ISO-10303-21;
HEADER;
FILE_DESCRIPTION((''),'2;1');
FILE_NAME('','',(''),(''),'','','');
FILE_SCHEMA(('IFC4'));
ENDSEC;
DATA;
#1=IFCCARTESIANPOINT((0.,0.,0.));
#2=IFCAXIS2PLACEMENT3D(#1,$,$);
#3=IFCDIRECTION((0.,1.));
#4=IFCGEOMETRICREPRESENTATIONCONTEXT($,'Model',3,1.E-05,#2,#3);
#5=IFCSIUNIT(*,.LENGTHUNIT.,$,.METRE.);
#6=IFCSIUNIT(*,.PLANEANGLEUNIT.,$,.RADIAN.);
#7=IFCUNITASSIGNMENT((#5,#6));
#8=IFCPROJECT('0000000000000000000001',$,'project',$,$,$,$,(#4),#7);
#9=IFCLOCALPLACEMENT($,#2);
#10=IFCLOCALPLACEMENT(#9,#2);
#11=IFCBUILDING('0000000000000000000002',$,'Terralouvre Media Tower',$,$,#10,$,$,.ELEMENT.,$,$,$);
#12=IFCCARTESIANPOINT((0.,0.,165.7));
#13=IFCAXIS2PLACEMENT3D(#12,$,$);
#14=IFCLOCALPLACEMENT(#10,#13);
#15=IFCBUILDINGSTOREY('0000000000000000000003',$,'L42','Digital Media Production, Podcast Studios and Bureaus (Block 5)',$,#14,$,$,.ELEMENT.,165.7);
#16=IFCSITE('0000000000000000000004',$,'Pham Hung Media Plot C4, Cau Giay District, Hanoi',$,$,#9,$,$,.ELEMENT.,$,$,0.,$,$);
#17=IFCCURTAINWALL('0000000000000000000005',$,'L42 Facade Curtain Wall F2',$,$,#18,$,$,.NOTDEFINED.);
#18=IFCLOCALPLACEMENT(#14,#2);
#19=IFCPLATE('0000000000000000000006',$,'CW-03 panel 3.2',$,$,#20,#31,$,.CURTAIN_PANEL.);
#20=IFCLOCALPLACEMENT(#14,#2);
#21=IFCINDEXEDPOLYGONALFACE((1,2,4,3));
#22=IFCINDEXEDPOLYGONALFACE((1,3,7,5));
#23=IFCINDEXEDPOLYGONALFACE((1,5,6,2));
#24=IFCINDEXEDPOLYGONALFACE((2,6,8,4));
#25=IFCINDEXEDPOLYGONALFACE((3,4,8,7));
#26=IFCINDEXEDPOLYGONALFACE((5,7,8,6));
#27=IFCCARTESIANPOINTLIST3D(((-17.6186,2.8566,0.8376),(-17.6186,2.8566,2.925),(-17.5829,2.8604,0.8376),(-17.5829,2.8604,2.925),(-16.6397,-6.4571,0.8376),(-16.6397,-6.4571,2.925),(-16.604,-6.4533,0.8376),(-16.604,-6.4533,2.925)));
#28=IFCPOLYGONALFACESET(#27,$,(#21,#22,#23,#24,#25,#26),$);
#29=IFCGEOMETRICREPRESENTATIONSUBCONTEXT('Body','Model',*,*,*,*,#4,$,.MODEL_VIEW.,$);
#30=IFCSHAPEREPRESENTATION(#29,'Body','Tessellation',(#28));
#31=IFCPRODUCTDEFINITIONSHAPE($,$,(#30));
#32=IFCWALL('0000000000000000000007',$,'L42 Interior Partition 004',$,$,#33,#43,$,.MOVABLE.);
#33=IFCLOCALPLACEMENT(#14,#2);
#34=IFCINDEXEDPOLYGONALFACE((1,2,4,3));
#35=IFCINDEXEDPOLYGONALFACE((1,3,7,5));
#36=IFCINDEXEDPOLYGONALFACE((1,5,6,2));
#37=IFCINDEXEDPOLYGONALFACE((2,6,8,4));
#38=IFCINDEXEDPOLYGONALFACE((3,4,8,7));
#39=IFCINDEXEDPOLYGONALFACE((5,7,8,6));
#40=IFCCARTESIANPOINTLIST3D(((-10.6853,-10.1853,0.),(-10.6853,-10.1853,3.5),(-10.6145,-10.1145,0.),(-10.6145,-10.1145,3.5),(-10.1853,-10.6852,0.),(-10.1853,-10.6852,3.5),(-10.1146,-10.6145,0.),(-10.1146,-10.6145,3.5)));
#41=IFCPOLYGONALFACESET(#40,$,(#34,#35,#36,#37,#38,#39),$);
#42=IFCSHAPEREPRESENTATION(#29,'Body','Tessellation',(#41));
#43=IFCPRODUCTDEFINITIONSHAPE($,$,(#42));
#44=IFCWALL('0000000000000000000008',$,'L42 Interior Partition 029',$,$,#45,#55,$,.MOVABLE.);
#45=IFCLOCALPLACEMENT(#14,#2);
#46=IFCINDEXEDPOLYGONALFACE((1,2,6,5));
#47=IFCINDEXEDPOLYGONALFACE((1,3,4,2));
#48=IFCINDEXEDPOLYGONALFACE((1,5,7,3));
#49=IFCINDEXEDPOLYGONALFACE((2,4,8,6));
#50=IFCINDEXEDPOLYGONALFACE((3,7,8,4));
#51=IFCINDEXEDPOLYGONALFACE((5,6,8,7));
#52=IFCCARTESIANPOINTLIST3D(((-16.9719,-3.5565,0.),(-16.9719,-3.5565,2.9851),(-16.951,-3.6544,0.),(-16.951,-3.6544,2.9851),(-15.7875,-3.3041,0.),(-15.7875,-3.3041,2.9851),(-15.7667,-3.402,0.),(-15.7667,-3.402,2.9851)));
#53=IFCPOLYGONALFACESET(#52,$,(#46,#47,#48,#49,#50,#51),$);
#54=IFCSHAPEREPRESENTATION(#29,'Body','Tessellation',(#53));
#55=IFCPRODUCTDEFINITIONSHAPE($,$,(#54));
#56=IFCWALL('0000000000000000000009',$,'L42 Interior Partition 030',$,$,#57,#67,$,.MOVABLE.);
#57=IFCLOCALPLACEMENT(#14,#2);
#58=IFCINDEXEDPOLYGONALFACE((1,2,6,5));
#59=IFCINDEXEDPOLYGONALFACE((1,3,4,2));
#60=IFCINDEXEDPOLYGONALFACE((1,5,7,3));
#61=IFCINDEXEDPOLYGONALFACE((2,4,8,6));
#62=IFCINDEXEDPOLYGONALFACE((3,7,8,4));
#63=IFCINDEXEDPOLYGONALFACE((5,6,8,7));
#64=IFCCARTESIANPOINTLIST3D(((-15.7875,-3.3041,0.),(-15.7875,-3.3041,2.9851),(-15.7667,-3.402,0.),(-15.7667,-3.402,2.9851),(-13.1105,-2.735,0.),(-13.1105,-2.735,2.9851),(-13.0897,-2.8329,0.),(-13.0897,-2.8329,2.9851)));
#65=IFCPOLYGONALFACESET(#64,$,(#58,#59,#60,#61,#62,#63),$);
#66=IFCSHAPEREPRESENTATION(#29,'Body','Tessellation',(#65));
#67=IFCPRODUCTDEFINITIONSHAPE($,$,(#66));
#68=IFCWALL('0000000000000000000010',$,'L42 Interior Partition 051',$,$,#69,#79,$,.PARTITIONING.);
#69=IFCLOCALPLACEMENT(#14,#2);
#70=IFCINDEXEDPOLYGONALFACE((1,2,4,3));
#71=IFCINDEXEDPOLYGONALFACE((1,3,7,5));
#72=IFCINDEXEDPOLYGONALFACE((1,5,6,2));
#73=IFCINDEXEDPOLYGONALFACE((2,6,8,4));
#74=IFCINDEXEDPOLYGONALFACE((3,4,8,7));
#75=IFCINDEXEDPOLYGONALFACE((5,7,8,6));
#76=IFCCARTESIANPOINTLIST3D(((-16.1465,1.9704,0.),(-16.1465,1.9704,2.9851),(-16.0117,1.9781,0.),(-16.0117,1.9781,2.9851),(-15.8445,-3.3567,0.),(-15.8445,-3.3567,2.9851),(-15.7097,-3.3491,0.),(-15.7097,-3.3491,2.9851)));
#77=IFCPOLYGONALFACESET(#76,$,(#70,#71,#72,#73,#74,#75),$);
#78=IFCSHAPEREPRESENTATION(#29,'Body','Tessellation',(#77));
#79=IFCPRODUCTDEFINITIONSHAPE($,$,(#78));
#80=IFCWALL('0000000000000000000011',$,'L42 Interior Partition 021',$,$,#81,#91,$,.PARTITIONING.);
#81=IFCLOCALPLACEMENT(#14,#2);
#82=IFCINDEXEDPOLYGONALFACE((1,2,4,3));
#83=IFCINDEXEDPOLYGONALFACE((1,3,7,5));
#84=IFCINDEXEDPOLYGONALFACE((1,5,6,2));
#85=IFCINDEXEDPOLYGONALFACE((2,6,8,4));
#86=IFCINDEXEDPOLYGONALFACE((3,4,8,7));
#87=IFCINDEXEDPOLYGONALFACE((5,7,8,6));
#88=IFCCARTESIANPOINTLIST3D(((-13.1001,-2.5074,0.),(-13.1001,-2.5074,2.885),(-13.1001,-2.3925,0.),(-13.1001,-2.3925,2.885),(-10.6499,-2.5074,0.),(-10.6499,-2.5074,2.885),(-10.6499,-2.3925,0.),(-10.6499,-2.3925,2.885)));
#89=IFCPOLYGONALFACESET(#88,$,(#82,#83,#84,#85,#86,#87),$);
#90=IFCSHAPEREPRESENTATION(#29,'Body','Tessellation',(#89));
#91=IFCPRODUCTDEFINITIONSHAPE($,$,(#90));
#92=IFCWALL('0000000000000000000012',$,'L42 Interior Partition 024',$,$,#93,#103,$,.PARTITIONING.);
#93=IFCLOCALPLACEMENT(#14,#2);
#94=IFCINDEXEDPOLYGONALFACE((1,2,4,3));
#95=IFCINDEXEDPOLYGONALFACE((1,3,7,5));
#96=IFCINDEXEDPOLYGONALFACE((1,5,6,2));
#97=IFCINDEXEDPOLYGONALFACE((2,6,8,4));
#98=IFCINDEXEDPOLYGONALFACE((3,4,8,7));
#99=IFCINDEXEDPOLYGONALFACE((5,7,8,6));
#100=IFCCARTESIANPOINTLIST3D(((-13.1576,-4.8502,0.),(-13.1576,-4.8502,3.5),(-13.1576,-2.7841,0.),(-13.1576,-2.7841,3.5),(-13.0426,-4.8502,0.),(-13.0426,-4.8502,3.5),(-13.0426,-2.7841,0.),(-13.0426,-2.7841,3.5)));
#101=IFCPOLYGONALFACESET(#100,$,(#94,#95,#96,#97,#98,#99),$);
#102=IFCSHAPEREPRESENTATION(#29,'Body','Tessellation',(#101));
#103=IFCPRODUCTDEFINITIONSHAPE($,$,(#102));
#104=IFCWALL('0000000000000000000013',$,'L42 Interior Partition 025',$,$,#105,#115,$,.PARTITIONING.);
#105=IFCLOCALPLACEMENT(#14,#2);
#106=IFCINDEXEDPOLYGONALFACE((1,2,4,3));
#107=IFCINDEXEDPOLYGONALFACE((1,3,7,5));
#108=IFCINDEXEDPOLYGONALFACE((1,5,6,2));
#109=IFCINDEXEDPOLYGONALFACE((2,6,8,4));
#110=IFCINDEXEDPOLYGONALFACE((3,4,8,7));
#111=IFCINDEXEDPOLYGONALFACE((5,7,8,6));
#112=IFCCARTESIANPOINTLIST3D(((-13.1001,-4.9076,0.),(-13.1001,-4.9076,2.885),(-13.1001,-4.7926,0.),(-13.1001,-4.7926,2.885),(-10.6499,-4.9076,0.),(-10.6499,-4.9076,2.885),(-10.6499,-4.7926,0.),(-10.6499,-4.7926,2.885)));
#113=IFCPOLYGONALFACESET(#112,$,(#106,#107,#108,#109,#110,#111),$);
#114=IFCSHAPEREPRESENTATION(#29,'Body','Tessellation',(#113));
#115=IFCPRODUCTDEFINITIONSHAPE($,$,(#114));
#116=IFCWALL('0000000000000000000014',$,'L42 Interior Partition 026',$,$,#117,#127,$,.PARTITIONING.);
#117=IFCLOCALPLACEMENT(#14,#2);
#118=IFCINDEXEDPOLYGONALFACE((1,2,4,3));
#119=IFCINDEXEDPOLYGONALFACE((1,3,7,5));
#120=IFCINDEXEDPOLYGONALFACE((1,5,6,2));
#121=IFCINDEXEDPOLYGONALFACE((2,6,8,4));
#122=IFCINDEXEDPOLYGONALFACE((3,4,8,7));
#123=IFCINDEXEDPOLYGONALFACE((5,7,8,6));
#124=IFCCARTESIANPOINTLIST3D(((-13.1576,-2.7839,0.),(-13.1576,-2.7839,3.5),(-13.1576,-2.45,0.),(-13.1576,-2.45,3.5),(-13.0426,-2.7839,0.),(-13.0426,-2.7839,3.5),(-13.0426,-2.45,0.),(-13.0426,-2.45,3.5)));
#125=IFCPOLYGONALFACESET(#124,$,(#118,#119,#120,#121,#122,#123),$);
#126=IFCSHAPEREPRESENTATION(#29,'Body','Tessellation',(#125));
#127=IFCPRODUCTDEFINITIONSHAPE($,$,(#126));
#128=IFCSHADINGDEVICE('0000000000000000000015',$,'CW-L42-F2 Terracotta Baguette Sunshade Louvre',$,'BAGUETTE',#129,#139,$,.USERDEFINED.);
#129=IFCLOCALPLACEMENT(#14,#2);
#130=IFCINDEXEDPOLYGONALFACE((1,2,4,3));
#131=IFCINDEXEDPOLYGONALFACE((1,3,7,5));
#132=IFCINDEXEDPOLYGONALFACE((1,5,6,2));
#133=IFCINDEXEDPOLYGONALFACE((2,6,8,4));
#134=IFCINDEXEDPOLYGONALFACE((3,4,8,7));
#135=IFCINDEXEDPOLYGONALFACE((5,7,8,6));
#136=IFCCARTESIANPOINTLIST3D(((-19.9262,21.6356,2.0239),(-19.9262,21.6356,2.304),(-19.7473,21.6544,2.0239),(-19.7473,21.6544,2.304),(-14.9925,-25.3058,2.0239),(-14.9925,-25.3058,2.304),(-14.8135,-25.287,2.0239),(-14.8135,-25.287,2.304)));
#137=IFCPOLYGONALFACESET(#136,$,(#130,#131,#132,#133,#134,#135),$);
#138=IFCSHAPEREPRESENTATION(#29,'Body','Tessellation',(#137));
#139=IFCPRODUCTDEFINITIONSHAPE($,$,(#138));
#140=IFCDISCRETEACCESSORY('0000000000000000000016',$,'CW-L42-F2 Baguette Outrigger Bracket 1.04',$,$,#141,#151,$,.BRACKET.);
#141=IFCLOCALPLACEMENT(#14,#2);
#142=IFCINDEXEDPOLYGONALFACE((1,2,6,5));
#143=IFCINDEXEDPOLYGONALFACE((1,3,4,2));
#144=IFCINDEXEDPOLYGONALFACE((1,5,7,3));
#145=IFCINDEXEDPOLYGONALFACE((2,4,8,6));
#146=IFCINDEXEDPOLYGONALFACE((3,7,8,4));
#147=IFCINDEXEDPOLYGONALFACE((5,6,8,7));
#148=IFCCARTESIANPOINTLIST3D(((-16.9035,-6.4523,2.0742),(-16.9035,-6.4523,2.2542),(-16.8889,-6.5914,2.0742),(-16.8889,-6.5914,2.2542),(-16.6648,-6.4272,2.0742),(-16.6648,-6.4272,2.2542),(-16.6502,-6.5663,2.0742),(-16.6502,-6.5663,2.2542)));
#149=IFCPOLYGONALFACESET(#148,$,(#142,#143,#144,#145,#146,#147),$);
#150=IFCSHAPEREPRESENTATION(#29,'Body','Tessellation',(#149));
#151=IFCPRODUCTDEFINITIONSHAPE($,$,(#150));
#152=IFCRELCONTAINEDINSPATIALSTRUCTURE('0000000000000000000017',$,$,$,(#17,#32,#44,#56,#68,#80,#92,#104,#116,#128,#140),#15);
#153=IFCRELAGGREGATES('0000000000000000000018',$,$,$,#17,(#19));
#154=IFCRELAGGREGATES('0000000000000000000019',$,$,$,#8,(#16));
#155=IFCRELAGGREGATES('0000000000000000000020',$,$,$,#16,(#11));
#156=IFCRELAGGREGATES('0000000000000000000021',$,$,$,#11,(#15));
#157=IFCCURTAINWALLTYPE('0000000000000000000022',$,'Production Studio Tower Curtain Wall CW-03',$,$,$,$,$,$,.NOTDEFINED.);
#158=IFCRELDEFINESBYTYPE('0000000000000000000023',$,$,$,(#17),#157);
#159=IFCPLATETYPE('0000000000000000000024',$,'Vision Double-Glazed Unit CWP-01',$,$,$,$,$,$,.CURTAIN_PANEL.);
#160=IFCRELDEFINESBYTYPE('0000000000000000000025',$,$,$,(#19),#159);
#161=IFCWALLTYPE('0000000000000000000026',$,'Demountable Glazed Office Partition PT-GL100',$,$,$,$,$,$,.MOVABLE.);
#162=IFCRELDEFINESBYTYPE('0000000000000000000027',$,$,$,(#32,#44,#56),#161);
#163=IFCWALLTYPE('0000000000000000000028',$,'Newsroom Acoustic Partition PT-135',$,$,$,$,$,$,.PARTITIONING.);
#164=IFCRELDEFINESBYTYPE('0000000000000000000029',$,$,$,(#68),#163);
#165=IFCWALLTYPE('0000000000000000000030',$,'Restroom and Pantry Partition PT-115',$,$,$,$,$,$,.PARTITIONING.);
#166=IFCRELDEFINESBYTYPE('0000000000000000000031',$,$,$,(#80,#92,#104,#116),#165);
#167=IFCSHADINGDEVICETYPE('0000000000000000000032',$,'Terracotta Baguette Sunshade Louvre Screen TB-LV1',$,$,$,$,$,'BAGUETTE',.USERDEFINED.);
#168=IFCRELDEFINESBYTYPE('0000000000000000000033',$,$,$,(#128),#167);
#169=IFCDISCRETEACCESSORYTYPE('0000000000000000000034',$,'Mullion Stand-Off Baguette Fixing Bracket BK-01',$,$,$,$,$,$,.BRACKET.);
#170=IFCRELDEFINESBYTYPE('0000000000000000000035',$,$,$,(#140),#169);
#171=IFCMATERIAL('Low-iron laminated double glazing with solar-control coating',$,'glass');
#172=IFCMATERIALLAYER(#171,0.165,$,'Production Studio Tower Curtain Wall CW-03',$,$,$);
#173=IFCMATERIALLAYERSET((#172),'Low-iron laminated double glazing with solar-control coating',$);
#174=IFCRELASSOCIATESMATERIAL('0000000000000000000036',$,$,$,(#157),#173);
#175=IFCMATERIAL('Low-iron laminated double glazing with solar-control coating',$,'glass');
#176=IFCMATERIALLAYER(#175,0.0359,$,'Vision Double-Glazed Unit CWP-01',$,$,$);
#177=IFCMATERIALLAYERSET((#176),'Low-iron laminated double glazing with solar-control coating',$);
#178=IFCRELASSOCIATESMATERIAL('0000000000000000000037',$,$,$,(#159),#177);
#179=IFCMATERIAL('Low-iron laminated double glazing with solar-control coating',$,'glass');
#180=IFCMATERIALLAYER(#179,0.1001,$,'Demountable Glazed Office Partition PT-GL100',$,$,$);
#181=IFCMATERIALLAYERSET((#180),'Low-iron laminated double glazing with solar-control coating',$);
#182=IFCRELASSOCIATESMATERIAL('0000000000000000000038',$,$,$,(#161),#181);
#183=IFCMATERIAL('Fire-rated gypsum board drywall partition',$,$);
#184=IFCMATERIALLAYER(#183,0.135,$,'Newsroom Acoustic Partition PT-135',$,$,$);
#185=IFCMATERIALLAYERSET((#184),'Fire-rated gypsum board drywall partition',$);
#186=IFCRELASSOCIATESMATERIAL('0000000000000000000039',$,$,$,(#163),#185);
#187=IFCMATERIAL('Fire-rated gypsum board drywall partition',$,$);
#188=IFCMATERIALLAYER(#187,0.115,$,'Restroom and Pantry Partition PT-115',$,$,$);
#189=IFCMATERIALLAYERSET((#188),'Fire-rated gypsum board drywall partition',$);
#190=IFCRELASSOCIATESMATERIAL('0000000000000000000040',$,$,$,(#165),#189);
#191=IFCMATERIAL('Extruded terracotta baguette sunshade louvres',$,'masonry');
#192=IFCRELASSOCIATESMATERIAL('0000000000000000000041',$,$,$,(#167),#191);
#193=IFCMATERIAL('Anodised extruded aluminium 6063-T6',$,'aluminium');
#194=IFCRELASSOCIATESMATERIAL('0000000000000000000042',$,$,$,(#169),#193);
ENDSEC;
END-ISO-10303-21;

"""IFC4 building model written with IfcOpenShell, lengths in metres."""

from ifc_helpers import new_model, si_unit, direction, frame, frame_2d, origin, origin_2d, place, context, subcontext, project, spatial, rectangle, extrude, material, layer, layer_set, type_object, element, aggregate, save


model = new_model("IFC4")

# Units and contexts
model_context = context("Model", 3, precision=1e-05, world=origin(), true_north=direction((0.0, 1.0)))
body_context = subcontext(model_context, "Body", "Model", "MODEL_VIEW")
ifc_project = project(units=[si_unit("LENGTHUNIT", "METRE"), si_unit("PLANEANGLEUNIT", "RADIAN")], contexts=[model_context])

# Site, building, storey
site_placement = place(None, origin())
site = spatial("IfcSite", under=ifc_project, at=site_placement, Name="Pham Hung Media Plot C4, Cau Giay District, Hanoi", CompositionType="ELEMENT", RefElevation=0.0)
building_placement = place(site_placement, origin())
building = spatial("IfcBuilding", under=site, at=building_placement, Name="Terralouvre Media Tower", CompositionType="ELEMENT")
storey_placement = place(building_placement, frame((0.0, 0.0, 165.7)))
storey = spatial("IfcBuildingStorey", under=building, at=storey_placement, Name="L42", Description="Digital Media Production, Podcast Studios and Bureaus (Block 5)", CompositionType="ELEMENT", Elevation=165.7)

# Curtain wall
ifc_material_1 = material(Name="Low-iron laminated double glazing with solar-control coating", Category="glass")
ifc_layer_1 = layer(ifc_material_1, 0.165, Name="Production Studio Tower Curtain Wall CW-03")
ifc_layer_set_1 = layer_set([ifc_layer_1], Name="Low-iron laminated double glazing with solar-control coating")
curtain_wall_type = type_object("IfcCurtainWallType", Name="Production Studio Tower Curtain Wall CW-03", PredefinedType="NOTDEFINED", material=ifc_layer_set_1)
curtain_wall_placement = place(storey_placement, origin())
curtain_wall = element("IfcCurtainWall", 1, at=curtain_wall_placement, inside=storey, type_object=curtain_wall_type, Name="L42 Facade Curtain Wall F2", PredefinedType="NOTDEFINED")

# Plate
ifc_material_2 = material(Name="Low-iron laminated double glazing with solar-control coating", Category="glass")
ifc_layer_2 = layer(ifc_material_2, 0.0359, Name="Vision Double-Glazed Unit CWP-01")
ifc_layer_set_2 = layer_set([ifc_layer_2], Name="Low-iron laminated double glazing with solar-control coating")
plate_type = type_object("IfcPlateType", Name="Vision Double-Glazed Unit CWP-01", PredefinedType="CURTAIN_PANEL", material=ifc_layer_set_2)
plate_1_placement = place(storey_placement, frame((-17.1113, -1.7983, 0.8376), z_axis=(0.0, 0.0, 1.0), x_axis=(0.104528, -0.994522, 0.0)))
plate_1 = element("IfcPlate", 2, at=plate_1_placement, type_object=plate_type, Name="CW-03 panel 3.2", PredefinedType="CURTAIN_PANEL", context=body_context, shape_type="SweptSolid", body=[
    extrude(rectangle(XDim=9.365, YDim=0.0359, at=origin_2d()), origin(), (0.0, 0.0, 1.0), 2.0874),
])
aggregate(curtain_wall, [plate_1])

# Walls
ifc_material_3 = material(Name="Low-iron laminated double glazing with solar-control coating", Category="glass")
ifc_layer_3 = layer(ifc_material_3, 0.1001, Name="Demountable Glazed Office Partition PT-GL100")
ifc_layer_set_3 = layer_set([ifc_layer_3], Name="Low-iron laminated double glazing with solar-control coating")
wall_type_1 = type_object("IfcWallType", Name="Demountable Glazed Office Partition PT-GL100", PredefinedType="MOVABLE", material=ifc_layer_set_3)
wall_1_placement = place(storey_placement, frame((-10.6499, -10.1499, 0.0), z_axis=(0.0, 0.0, 1.0), x_axis=(0.707107, -0.707107, 0.0)))
element("IfcWall", 3, at=wall_1_placement, inside=storey, type_object=wall_type_1, Name="L42 Interior Partition 004", PredefinedType="MOVABLE", context=body_context, shape_type="SweptSolid", body=[
    extrude(rectangle(XDim=0.707, YDim=0.1001, at=frame_2d((0.3535, 0.0))), origin(), (0.0, 0.0, 1.0), 3.5),
])
wall_2_placement = place(storey_placement, frame((-15.7771, -3.353, 0.0), z_axis=(0.0, 0.0, 1.0), x_axis=(-0.978029, -0.208469, 0.0)))
element("IfcWall", 4, at=wall_2_placement, inside=storey, type_object=wall_type_1, Name="L42 Interior Partition 029", PredefinedType="MOVABLE", context=body_context, shape_type="SweptSolid", body=[
    extrude(rectangle(XDim=1.2109, YDim=0.1001, at=frame_2d((0.6055, 0.0))), origin(), (0.0, 0.0, 1.0), 2.9851),
])
wall_3_placement = place(storey_placement, frame((-13.1001, -2.7839, 0.0), z_axis=(0.0, 0.0, 1.0), x_axis=(-0.978142, -0.207939, 0.0)))
element("IfcWall", 5, at=wall_3_placement, inside=storey, type_object=wall_type_1, Name="L42 Interior Partition 030", PredefinedType="MOVABLE", context=body_context, shape_type="SweptSolid", body=[
    extrude(rectangle(XDim=2.7368, YDim=0.1001, at=frame_2d((1.3684, 0.0))), origin(), (0.0, 0.0, 1.0), 2.9851),
])
ifc_material_4 = material(Name="Fire-rated gypsum board drywall partition")
ifc_layer_4 = layer(ifc_material_4, 0.135, Name="Newsroom Acoustic Partition PT-135")
ifc_layer_set_4 = layer_set([ifc_layer_4], Name="Fire-rated gypsum board drywall partition")
wall_type_2 = type_object("IfcWallType", Name="Newsroom Acoustic Partition PT-135", PredefinedType="PARTITIONING", material=ifc_layer_set_4)
wall_4_placement = place(storey_placement, frame((-15.7771, -3.353, 0.0), z_axis=(0.0, 0.0, 1.0), x_axis=(-0.0566, 0.998397, 0.0)))
element("IfcWall", 6, at=wall_4_placement, inside=storey, type_object=wall_type_2, Name="L42 Interior Partition 051", PredefinedType="PARTITIONING", context=body_context, shape_type="SweptSolid", body=[
    extrude(rectangle(XDim=5.3357, YDim=0.135, at=frame_2d((2.668, 0.0))), origin(), (0.0, 0.0, 1.0), 2.9851),
])
ifc_material_5 = material(Name="Fire-rated gypsum board drywall partition")
ifc_layer_5 = layer(ifc_material_5, 0.115, Name="Restroom and Pantry Partition PT-115")
ifc_layer_set_5 = layer_set([ifc_layer_5], Name="Fire-rated gypsum board drywall partition")
wall_type_3 = type_object("IfcWallType", Name="Restroom and Pantry Partition PT-115", PredefinedType="PARTITIONING", material=ifc_layer_set_5)
wall_5_placement = place(storey_placement, frame((-13.1001, -2.45, 0.0), z_axis=(0.0, 0.0, 1.0), x_axis=(1.0, 0.0, 0.0)))
element("IfcWall", 7, at=wall_5_placement, inside=storey, type_object=wall_type_3, Name="L42 Interior Partition 021", PredefinedType="PARTITIONING", context=body_context, shape_type="SweptSolid", body=[
    extrude(rectangle(XDim=2.4502, YDim=0.115, at=frame_2d((1.2251, 0.0))), origin(), (0.0, 0.0, 1.0), 2.885),
])
wall_6_placement = place(storey_placement, frame((-13.1001, -2.7839, 0.0), z_axis=(0.0, 0.0, 1.0), x_axis=(0.0, -1.0, 0.0)))
element("IfcWall", 8, at=wall_6_placement, inside=storey, type_object=wall_type_3, Name="L42 Interior Partition 024", PredefinedType="PARTITIONING", context=body_context, shape_type="SweptSolid", body=[
    extrude(rectangle(XDim=2.0662, YDim=0.115, at=frame_2d((1.0332, 0.0))), origin(), (0.0, 0.0, 1.0), 3.5),
])
wall_7_placement = place(storey_placement, frame((-13.1001, -4.8501, 0.0), z_axis=(0.0, 0.0, 1.0), x_axis=(1.0, 0.0, 0.0)))
element("IfcWall", 9, at=wall_7_placement, inside=storey, type_object=wall_type_3, Name="L42 Interior Partition 025", PredefinedType="PARTITIONING", context=body_context, shape_type="SweptSolid", body=[
    extrude(rectangle(XDim=2.4502, YDim=0.115, at=frame_2d((1.2251, 0.0))), origin(), (0.0, 0.0, 1.0), 2.885),
])
wall_8_placement = place(storey_placement, frame((-13.1001, -2.45, 0.0), z_axis=(0.0, 0.0, 1.0), x_axis=(0.0, -1.0, 0.0)))
element("IfcWall", 10, at=wall_8_placement, inside=storey, type_object=wall_type_3, Name="L42 Interior Partition 026", PredefinedType="PARTITIONING", context=body_context, shape_type="SweptSolid", body=[
    extrude(rectangle(XDim=0.334, YDim=0.115, at=frame_2d((0.167, 0.0))), origin(), (0.0, 0.0, 1.0), 3.5),
])

# Shading device
ifc_material_6 = material(Name="Extruded terracotta baguette sunshade louvres", Category="masonry")
shading_device_type = type_object("IfcShadingDeviceType", Name="Terracotta Baguette Sunshade Louvre Screen TB-LV1", ElementType="BAGUETTE", PredefinedType="USERDEFINED", material=ifc_material_6)
shading_device_placement = place(storey_placement, frame((-17.3699, -1.8257, 2.0239), z_axis=(0.0, 0.0, 1.0), x_axis=(0.104528, -0.994522, 0.0)))
element("IfcShadingDevice", 11, at=shading_device_placement, inside=storey, type_object=shading_device_type, Name="CW-L42-F2 Terracotta Baguette Sunshade Louvre", ObjectType="BAGUETTE", PredefinedType="USERDEFINED", context=body_context, shape_type="SweptSolid", body=[
    extrude(rectangle(XDim=47.2, YDim=0.1799, at=origin_2d()), origin(), (0.0, 0.0, 1.0), 0.28),
])

# Discrete accessory
ifc_material_7 = material(Name="Anodised extruded aluminium 6063-T6", Category="aluminium")
discrete_accessory_type = type_object("IfcDiscreteAccessoryType", Name="Mullion Stand-Off Baguette Fixing Bracket BK-01", PredefinedType="BRACKET", material=ifc_material_7)
discrete_accessory_placement = place(storey_placement, frame((-16.7769, -6.5093, 2.0742), z_axis=(0.0, 0.0, 1.0), x_axis=(0.104528, -0.994522, 0.0)))
element("IfcDiscreteAccessory", 12, at=discrete_accessory_placement, inside=storey, type_object=discrete_accessory_type, Name="CW-L42-F2 Baguette Outrigger Bracket 1.04", PredefinedType="BRACKET", context=body_context, shape_type="SweptSolid", body=[
    extrude(rectangle(XDim=0.1399, YDim=0.24, at=origin_2d()), origin(), (0.0, 0.0, 1.0), 0.1799),
])

save(model, "model.ifc")
